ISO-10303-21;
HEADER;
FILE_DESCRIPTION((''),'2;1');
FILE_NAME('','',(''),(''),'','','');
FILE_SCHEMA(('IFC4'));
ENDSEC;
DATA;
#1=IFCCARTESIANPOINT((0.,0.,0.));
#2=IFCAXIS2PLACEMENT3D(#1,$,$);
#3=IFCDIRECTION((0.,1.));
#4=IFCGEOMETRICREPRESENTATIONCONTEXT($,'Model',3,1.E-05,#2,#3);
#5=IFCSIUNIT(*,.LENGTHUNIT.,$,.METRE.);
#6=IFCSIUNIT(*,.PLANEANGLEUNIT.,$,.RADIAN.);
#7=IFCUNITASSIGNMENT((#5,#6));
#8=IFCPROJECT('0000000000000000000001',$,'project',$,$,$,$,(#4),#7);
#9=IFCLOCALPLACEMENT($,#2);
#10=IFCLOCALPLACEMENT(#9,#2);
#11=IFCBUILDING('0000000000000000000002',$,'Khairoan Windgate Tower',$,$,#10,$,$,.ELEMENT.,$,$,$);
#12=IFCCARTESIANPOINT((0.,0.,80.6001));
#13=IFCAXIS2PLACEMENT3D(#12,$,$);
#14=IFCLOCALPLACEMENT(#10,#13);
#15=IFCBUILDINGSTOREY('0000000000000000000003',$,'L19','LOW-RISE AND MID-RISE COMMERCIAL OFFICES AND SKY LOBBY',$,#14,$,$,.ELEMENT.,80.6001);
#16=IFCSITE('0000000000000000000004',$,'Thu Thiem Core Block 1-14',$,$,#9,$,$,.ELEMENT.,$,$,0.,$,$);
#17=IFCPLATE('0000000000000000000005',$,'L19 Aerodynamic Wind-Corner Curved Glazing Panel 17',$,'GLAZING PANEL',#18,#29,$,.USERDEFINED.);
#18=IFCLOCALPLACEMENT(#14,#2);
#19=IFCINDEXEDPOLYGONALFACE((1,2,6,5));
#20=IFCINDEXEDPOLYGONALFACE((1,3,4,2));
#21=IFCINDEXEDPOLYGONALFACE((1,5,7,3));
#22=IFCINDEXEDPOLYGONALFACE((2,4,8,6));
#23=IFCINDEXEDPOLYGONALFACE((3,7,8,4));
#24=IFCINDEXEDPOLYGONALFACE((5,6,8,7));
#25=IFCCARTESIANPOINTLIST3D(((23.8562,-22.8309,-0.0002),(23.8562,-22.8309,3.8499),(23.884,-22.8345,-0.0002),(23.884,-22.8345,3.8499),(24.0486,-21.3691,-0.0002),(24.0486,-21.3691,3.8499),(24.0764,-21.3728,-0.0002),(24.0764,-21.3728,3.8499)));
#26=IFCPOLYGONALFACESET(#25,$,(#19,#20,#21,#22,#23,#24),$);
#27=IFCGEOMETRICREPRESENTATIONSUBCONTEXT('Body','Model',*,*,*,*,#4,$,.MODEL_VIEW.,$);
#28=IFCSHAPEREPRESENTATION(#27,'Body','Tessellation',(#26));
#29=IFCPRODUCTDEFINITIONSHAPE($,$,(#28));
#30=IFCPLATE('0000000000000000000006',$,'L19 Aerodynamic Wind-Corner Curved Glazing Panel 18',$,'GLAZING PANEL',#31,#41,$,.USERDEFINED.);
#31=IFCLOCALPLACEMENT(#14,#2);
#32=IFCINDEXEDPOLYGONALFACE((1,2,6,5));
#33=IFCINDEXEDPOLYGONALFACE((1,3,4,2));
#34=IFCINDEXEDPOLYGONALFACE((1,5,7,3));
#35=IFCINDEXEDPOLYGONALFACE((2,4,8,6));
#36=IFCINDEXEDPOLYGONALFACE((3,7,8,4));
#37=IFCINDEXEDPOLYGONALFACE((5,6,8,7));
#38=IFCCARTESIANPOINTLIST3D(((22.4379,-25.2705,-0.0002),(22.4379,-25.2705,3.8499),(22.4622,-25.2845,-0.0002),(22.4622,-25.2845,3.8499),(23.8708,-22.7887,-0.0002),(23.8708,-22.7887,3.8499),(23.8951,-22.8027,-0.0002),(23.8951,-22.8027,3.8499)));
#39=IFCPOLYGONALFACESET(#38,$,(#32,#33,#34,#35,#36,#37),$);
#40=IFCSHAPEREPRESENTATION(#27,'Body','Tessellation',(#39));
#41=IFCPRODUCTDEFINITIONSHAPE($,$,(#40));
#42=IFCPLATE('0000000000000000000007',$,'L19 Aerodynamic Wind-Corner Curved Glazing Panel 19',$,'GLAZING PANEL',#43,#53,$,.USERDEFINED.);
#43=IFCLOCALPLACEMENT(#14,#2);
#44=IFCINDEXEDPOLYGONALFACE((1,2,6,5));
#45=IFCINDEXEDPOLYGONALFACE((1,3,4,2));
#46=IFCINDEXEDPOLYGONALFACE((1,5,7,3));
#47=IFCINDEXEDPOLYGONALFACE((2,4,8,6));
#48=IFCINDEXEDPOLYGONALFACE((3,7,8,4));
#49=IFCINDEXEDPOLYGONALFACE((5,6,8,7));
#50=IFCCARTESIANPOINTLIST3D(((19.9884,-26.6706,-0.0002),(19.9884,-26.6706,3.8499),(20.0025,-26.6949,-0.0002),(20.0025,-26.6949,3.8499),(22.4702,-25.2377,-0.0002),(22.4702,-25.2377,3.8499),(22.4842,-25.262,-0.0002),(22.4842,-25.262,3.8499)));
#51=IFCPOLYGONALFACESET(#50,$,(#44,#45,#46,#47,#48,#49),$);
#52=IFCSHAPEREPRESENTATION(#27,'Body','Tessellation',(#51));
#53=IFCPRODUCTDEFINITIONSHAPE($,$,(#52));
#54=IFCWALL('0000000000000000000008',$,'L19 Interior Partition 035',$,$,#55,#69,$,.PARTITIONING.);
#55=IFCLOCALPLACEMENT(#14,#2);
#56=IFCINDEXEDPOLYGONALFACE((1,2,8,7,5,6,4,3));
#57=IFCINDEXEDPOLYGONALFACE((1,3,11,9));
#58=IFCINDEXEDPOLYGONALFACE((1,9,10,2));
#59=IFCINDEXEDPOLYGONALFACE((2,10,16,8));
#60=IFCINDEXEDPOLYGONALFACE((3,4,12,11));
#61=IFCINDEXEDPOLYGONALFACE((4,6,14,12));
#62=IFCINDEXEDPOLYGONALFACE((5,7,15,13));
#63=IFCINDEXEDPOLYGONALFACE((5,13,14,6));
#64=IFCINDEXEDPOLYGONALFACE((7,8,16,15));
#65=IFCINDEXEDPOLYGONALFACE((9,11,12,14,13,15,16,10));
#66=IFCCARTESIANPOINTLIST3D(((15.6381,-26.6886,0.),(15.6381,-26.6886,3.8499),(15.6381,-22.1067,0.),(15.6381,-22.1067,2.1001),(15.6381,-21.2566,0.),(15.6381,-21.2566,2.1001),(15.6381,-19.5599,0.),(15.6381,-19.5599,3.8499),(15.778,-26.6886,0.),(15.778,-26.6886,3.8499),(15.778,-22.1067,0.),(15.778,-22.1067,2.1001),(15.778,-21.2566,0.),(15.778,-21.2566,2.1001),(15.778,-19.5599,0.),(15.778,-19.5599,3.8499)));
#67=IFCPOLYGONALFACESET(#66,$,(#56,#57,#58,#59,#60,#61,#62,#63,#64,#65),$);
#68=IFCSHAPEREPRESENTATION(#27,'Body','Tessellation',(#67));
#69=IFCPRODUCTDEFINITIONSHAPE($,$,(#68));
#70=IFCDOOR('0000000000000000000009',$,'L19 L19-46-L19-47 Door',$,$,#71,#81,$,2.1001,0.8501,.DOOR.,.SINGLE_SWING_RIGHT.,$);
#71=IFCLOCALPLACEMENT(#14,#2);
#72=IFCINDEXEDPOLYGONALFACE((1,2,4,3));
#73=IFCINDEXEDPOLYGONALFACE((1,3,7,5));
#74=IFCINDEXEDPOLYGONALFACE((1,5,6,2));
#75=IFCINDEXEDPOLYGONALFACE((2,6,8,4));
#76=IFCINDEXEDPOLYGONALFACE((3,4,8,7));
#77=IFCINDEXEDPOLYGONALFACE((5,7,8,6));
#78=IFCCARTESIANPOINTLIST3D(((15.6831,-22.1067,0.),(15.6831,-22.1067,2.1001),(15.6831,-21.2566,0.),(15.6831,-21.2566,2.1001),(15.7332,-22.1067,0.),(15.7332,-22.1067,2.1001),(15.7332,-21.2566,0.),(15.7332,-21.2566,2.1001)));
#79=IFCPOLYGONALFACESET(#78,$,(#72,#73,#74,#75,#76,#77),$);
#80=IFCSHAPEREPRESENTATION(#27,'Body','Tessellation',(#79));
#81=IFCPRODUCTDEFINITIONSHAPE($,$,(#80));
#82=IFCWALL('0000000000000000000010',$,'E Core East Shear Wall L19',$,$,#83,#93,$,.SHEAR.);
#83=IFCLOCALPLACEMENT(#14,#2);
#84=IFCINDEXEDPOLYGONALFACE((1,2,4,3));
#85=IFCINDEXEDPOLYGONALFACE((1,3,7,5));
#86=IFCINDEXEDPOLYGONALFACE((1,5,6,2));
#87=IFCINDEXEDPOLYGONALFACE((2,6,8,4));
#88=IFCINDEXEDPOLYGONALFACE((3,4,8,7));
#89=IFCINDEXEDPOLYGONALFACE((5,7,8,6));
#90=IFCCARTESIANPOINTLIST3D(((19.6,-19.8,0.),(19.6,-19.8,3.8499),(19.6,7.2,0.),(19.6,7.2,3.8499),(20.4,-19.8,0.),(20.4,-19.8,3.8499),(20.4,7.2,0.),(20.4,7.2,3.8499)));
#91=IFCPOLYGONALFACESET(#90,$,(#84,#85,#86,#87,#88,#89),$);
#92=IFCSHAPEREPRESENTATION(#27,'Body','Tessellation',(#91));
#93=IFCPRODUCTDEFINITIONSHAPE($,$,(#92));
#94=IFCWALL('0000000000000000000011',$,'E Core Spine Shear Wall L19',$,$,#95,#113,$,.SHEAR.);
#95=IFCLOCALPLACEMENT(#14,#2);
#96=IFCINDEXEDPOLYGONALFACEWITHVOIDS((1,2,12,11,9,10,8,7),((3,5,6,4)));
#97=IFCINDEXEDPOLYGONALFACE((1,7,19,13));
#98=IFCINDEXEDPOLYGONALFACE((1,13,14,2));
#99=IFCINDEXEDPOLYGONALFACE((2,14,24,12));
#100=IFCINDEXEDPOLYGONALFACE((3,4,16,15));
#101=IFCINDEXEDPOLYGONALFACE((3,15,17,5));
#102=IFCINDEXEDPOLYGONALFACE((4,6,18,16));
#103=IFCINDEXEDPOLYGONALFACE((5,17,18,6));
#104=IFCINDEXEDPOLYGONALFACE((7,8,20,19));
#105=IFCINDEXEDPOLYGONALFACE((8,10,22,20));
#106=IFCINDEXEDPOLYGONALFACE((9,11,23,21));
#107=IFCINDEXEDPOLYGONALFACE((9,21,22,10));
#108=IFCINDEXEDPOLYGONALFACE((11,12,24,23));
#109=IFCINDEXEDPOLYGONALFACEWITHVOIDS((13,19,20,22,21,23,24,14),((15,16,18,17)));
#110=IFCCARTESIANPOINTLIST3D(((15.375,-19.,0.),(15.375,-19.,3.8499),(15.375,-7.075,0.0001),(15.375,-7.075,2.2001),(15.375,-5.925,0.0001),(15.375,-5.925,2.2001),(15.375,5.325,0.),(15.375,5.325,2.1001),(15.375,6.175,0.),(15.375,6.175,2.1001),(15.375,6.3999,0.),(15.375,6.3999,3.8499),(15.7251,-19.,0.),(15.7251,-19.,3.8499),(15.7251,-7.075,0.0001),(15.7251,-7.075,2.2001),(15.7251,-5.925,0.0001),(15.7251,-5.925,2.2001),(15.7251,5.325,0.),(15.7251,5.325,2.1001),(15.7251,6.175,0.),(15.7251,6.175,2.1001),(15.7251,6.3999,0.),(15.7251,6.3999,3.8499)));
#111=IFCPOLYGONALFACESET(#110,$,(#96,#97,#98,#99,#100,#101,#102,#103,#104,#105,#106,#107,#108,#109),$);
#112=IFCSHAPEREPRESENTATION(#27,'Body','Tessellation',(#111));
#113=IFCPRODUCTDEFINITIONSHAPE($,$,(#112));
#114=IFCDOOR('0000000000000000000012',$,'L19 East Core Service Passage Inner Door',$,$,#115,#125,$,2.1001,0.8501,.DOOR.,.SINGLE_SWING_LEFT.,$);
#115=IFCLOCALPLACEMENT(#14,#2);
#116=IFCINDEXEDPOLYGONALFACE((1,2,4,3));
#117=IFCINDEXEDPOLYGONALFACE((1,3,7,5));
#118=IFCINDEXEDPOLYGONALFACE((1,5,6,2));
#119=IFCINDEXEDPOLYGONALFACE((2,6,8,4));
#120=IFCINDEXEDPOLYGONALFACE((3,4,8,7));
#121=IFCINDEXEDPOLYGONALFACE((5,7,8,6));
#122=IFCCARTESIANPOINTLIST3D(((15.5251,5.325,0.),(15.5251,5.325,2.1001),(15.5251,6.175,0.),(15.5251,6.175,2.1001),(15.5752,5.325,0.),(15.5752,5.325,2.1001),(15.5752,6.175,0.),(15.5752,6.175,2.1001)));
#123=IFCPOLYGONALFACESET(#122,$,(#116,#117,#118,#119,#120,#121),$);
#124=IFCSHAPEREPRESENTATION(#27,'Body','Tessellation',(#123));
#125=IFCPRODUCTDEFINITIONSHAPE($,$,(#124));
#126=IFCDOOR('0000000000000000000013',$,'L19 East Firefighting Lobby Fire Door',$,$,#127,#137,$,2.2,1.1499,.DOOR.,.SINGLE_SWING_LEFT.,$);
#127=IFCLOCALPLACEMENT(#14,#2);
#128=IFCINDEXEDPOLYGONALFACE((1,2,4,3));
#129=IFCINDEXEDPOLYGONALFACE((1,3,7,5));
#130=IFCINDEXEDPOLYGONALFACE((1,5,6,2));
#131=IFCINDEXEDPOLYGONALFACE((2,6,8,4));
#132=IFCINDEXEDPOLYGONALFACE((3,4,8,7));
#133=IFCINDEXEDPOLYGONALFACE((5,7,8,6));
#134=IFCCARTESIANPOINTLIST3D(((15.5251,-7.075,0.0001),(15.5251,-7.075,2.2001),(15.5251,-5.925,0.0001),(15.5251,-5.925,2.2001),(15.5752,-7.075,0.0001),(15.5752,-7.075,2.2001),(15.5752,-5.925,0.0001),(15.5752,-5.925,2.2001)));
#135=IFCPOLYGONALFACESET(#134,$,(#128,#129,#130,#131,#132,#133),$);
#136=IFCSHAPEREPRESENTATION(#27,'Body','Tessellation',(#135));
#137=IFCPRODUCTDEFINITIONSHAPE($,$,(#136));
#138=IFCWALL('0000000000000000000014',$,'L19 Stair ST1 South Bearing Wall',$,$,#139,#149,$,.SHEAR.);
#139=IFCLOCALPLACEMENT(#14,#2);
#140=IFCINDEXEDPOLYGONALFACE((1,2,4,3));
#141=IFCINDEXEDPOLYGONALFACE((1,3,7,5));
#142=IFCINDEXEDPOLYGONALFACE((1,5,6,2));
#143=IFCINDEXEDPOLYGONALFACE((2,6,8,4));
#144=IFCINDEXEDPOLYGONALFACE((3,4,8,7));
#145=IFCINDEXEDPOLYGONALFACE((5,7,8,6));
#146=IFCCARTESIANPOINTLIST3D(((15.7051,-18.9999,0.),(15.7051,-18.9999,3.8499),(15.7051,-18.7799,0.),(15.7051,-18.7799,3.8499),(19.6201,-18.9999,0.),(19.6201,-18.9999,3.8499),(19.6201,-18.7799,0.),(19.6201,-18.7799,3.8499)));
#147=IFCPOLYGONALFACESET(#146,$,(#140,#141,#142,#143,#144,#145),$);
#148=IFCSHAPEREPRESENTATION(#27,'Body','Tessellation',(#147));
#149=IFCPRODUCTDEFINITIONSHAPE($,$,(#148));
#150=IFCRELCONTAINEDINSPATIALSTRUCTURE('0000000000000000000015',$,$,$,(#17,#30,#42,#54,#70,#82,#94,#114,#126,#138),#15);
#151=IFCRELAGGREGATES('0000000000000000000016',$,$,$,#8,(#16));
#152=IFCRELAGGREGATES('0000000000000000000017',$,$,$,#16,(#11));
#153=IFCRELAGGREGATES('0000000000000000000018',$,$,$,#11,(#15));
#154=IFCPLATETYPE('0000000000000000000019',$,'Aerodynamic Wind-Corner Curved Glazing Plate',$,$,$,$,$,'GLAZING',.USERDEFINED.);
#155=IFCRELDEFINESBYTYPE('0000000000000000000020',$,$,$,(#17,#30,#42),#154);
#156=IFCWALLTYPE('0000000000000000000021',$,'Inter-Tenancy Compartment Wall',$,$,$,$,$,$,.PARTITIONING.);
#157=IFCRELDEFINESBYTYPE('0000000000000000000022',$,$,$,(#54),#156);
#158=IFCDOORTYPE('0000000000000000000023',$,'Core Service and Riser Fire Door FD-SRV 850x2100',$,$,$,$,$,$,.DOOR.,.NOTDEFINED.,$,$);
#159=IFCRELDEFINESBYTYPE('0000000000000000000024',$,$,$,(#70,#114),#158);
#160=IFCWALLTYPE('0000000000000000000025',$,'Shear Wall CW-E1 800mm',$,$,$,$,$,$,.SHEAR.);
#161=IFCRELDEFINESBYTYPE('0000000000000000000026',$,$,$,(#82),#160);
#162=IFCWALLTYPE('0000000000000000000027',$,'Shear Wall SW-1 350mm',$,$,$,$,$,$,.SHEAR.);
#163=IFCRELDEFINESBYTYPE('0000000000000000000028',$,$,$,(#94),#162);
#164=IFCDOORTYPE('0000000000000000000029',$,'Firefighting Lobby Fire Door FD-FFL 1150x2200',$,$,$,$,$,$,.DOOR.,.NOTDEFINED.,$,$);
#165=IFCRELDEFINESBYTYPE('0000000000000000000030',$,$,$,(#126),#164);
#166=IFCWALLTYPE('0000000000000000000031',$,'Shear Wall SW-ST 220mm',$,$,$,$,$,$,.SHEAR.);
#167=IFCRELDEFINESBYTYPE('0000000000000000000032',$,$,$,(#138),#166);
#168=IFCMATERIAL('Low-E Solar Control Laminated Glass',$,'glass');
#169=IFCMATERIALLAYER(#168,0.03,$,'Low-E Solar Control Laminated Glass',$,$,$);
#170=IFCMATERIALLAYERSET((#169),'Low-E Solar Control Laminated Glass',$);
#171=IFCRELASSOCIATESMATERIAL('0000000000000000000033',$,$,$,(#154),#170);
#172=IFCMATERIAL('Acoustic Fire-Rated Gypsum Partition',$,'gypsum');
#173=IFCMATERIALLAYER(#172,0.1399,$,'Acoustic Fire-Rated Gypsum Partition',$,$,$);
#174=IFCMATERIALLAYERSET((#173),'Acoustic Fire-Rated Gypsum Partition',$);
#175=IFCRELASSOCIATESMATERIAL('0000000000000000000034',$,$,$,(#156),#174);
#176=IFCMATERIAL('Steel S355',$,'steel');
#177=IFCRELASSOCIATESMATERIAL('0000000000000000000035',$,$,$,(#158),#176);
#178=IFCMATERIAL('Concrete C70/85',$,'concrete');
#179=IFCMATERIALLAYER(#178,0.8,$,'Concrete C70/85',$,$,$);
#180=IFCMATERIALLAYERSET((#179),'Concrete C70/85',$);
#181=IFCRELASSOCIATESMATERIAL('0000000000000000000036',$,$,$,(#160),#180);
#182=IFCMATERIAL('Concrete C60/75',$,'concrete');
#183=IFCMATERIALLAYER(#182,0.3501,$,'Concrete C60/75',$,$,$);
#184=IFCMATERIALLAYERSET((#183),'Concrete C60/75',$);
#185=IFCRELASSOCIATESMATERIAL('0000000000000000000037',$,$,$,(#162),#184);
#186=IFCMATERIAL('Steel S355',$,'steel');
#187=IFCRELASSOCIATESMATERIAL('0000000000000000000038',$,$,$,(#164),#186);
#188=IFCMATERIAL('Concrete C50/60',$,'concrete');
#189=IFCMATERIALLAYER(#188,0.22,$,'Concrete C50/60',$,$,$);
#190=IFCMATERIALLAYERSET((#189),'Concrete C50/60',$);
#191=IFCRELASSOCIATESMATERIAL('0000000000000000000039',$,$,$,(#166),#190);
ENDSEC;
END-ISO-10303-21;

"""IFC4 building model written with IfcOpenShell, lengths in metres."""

from ifc_helpers import new_model, si_unit, direction, frame, frame_2d, origin, origin_2d, place, context, subcontext, project, spatial, rectangle, extrude, material, layer, layer_set, type_object, element, fill, save


model = new_model("IFC4")

# Units and contexts
model_context = context("Model", 3, precision=1e-05, world=origin(), true_north=direction((0.0, 1.0)))
body_context = subcontext(model_context, "Body", "Model", "MODEL_VIEW")
ifc_project = project(units=[si_unit("LENGTHUNIT", "METRE"), si_unit("PLANEANGLEUNIT", "RADIAN")], contexts=[model_context])

# Site, building, storey
site_placement = place(None, origin())
building_placement = place(site_placement, origin())
storey_placement = place(building_placement, frame((0.0, 0.0, 80.6001)))
site = spatial("IfcSite", under=ifc_project, at=site_placement, Name="Thu Thiem Core Block 1-14", CompositionType="ELEMENT", RefElevation=0.0)
building = spatial("IfcBuilding", under=site, at=building_placement, Name="Khairoan Windgate Tower", CompositionType="ELEMENT")
storey = spatial("IfcBuildingStorey", under=building, at=storey_placement, Name="L19", Description="LOW-RISE AND MID-RISE COMMERCIAL OFFICES AND SKY LOBBY", CompositionType="ELEMENT", Elevation=80.6001)

# Plates
ifc_material_1 = material(Name="Low-E Solar Control Laminated Glass", Category="glass")
ifc_layer_1 = layer(ifc_material_1, 0.03, Name="Low-E Solar Control Laminated Glass")
ifc_layer_set_1 = layer_set([ifc_layer_1], Name="Low-E Solar Control Laminated Glass")
plate_type_1 = type_object("IfcPlateType", Name="Aerodynamic Wind-Corner Curved Glazing Plate", ElementType="GLAZING", PredefinedType="USERDEFINED", material=ifc_layer_set_1)
plate_1_placement = place(storey_placement, frame((23.9663, -22.1018, -0.0002), z_axis=(0.0, 0.0, 1.0), x_axis=(-0.130526, -0.991445, 0.0)))
element("IfcPlate", 1, at=plate_1_placement, inside=storey, type_object=plate_type_1, Name="L19 Aerodynamic Wind-Corner Curved Glazing Panel 17", ObjectType="GLAZING PANEL", PredefinedType="USERDEFINED", context=body_context, shape_type="SweptSolid", body=[
    extrude(rectangle(XDim=1.4744, YDim=0.0281, at=origin_2d()), origin(), (0.0, 0.0, 1.0), 3.8501),
])
for number, where, z_axis, x_axis, name in (
    (2, (23.1665, -24.0366, -0.0002), (0.0, 0.0, 1.0), (-0.5, -0.866025, 0.0), "L19 Aerodynamic Wind-Corner Curved Glazing Panel 18"),
    (3, (21.2363, -25.9663, -0.0002), (0.0, 0.0, 1.0), (-0.866025, -0.5, 0.0), "L19 Aerodynamic Wind-Corner Curved Glazing Panel 19"),
):
    element("IfcPlate", number, at=place(storey_placement, frame(where, z_axis=z_axis, x_axis=x_axis)), inside=storey, type_object=plate_type_1, Name=name, ObjectType="GLAZING PANEL", PredefinedType="USERDEFINED", context=body_context, shape_type="SweptSolid", body=[
        extrude(rectangle(XDim=2.8657, YDim=0.0281, at=origin_2d()), origin(), (0.0, 0.0, 1.0), 3.8501),
    ])

# Wall, opening, door
ifc_material_2 = material(Name="Acoustic Fire-Rated Gypsum Partition", Category="gypsum")
ifc_layer_2 = layer(ifc_material_2, 0.1399, Name="Acoustic Fire-Rated Gypsum Partition")
ifc_layer_set_2 = layer_set([ifc_layer_2], Name="Acoustic Fire-Rated Gypsum Partition")
wall_type_1 = type_object("IfcWallType", Name="Inter-Tenancy Compartment Wall", PredefinedType="PARTITIONING", material=ifc_layer_set_2)
wall_1_placement = place(storey_placement, frame((15.708, -26.6887, 0.0), z_axis=(0.0, 0.0, 1.0), x_axis=(0.0, 1.0, 0.0)))
wall_1 = element("IfcWall", 4, at=wall_1_placement, inside=storey, type_object=wall_type_1, Name="L19 Interior Partition 035", PredefinedType="PARTITIONING", context=body_context, shape_type="SweptSolid", body=[
    extrude(rectangle(XDim=7.1287, YDim=0.1399, at=frame_2d((3.5645, 0.0))), origin(), (0.0, 0.0, 1.0), 3.8499),
])
opening_1_placement = place(wall_1_placement, frame((4.582, 0.0, 0.0)))
opening_1 = element("IfcOpeningElement", 5, at=opening_1_placement, cuts=wall_1, PredefinedType="OPENING", context=body_context, shape_type="SweptSolid", body=[
    extrude(rectangle(XDim=0.8501, YDim=2.1001, at=frame_2d((0.425, 1.05))), frame((0.0, 0.0798, 0.0), z_axis=(0.0, -1.0, 0.0), x_axis=(1.0, 0.0, 0.0)), (0.0, 0.0, 1.0), 0.1599),
])
ifc_material_3 = material(Name="Steel S355", Category="steel")
door_type_1 = type_object("IfcDoorType", Name="Core Service and Riser Fire Door FD-SRV 850x2100", OperationType="NOTDEFINED", PredefinedType="DOOR", material=ifc_material_3)
door_1_placement = place(opening_1_placement, origin())
door_1 = element("IfcDoor", 6, at=door_1_placement, inside=storey, type_object=door_type_1, Name="L19 L19-46-L19-47 Door", OperationType="SINGLE_SWING_RIGHT", OverallHeight=2.1001, OverallWidth=0.8501, PredefinedType="DOOR", context=body_context, shape_type="SweptSolid", body=[
    extrude(rectangle(XDim=0.8501, YDim=2.1001, at=frame_2d((0.425, 1.05))), frame((0.0, 0.0249, 0.0), z_axis=(0.0, -1.0, 0.0), x_axis=(1.0, 0.0, 0.0)), (0.0, 0.0, 1.0), 0.05),
])
fill(opening_1, door_1)

# Wall
ifc_material_4 = material(Name="Concrete C70/85", Category="concrete")
ifc_layer_3 = layer(ifc_material_4, 0.8, Name="Concrete C70/85")
ifc_layer_set_3 = layer_set([ifc_layer_3], Name="Concrete C70/85")
wall_type_2 = type_object("IfcWallType", Name="Shear Wall CW-E1 800mm", PredefinedType="SHEAR", material=ifc_layer_set_3)
wall_2_placement = place(storey_placement, frame((20.0, -19.8, 0.0), z_axis=(0.0, 0.0, 1.0), x_axis=(0.0, 1.0, 0.0)))
element("IfcWall", 7, at=wall_2_placement, inside=storey, type_object=wall_type_2, Name="E Core East Shear Wall L19", PredefinedType="SHEAR", context=body_context, shape_type="SweptSolid", body=[
    extrude(rectangle(XDim=27.0, YDim=0.8, at=frame_2d((13.5, 0.0))), origin(), (0.0, 0.0, 1.0), 3.8499),
])

# Wall, openings, doors
ifc_material_5 = material(Name="Concrete C60/75", Category="concrete")
ifc_layer_4 = layer(ifc_material_5, 0.3501, Name="Concrete C60/75")
ifc_layer_set_4 = layer_set([ifc_layer_4], Name="Concrete C60/75")
wall_type_3 = type_object("IfcWallType", Name="Shear Wall SW-1 350mm", PredefinedType="SHEAR", material=ifc_layer_set_4)
wall_3_placement = place(storey_placement, frame((15.55, -19.0, 0.0), z_axis=(0.0, 0.0, 1.0), x_axis=(0.0, 1.0, 0.0)))
wall_3 = element("IfcWall", 8, at=wall_3_placement, inside=storey, type_object=wall_type_3, Name="E Core Spine Shear Wall L19", PredefinedType="SHEAR", context=body_context, shape_type="SweptSolid", body=[
    extrude(rectangle(XDim=25.3999, YDim=0.3501, at=frame_2d((12.7, 0.0))), origin(), (0.0, 0.0, 1.0), 3.8499),
])
opening_2_placement = place(wall_3_placement, frame((11.925, 0.0, 0.0)))
opening_2 = element("IfcOpeningElement", 9, at=opening_2_placement, cuts=wall_3, PredefinedType="OPENING", context=body_context, shape_type="SweptSolid", body=[
    extrude(rectangle(XDim=1.1499, YDim=2.2, at=frame_2d((0.575, 1.1001))), frame((0.0, 0.1851, 0.0), z_axis=(0.0, -1.0, 0.0), x_axis=(1.0, 0.0, 0.0)), (0.0, 0.0, 1.0), 0.3701),
])
opening_3_placement = place(wall_3_placement, frame((24.325, 0.0, 0.0)))
opening_3 = element("IfcOpeningElement", 10, at=opening_3_placement, cuts=wall_3, PredefinedType="OPENING", context=body_context, shape_type="SweptSolid", body=[
    extrude(rectangle(XDim=0.8501, YDim=2.1001, at=frame_2d((0.425, 1.05))), frame((0.0, 0.1851, 0.0), z_axis=(0.0, -1.0, 0.0), x_axis=(1.0, 0.0, 0.0)), (0.0, 0.0, 1.0), 0.3701),
])
door_2_placement = place(opening_3_placement, origin())
door_2 = element("IfcDoor", 11, at=door_2_placement, inside=storey, type_object=door_type_1, Name="L19 East Core Service Passage Inner Door", OperationType="SINGLE_SWING_LEFT", OverallHeight=2.1001, OverallWidth=0.8501, PredefinedType="DOOR", context=body_context, shape_type="SweptSolid", body=[
    extrude(rectangle(XDim=0.8501, YDim=2.1001, at=frame_2d((0.425, 1.05))), frame((0.0, 0.0249, 0.0), z_axis=(0.0, -1.0, 0.0), x_axis=(1.0, 0.0, 0.0)), (0.0, 0.0, 1.0), 0.05),
])
fill(opening_3, door_2)
ifc_material_6 = material(Name="Steel S355", Category="steel")
door_type_2 = type_object("IfcDoorType", Name="Firefighting Lobby Fire Door FD-FFL 1150x2200", OperationType="NOTDEFINED", PredefinedType="DOOR", material=ifc_material_6)
door_3_placement = place(opening_2_placement, origin())
door_3 = element("IfcDoor", 12, at=door_3_placement, inside=storey, type_object=door_type_2, Name="L19 East Firefighting Lobby Fire Door", OperationType="SINGLE_SWING_LEFT", OverallHeight=2.2, OverallWidth=1.1499, PredefinedType="DOOR", context=body_context, shape_type="SweptSolid", body=[
    extrude(rectangle(XDim=1.1499, YDim=2.2, at=frame_2d((0.575, 1.1001))), frame((0.0, 0.0249, 0.0), z_axis=(0.0, -1.0, 0.0), x_axis=(1.0, 0.0, 0.0)), (0.0, 0.0, 1.0), 0.05),
])
fill(opening_2, door_3)

# Wall
ifc_material_7 = material(Name="Concrete C50/60", Category="concrete")
ifc_layer_5 = layer(ifc_material_7, 0.22, Name="Concrete C50/60")
ifc_layer_set_5 = layer_set([ifc_layer_5], Name="Concrete C50/60")
wall_type_4 = type_object("IfcWallType", Name="Shear Wall SW-ST 220mm", PredefinedType="SHEAR", material=ifc_layer_set_5)
wall_4_placement = place(storey_placement, frame((15.7051, -18.8899, 0.0), z_axis=(0.0, 0.0, 1.0), x_axis=(1.0, 0.0, 0.0)))
element("IfcWall", 13, at=wall_4_placement, inside=storey, type_object=wall_type_4, Name="L19 Stair ST1 South Bearing Wall", PredefinedType="SHEAR", context=body_context, shape_type="SweptSolid", body=[
    extrude(rectangle(XDim=3.915, YDim=0.22, at=frame_2d((1.9575, 0.0))), origin(), (0.0, 0.0, 1.0), 3.8499),
])

save(model, "model.ifc")
